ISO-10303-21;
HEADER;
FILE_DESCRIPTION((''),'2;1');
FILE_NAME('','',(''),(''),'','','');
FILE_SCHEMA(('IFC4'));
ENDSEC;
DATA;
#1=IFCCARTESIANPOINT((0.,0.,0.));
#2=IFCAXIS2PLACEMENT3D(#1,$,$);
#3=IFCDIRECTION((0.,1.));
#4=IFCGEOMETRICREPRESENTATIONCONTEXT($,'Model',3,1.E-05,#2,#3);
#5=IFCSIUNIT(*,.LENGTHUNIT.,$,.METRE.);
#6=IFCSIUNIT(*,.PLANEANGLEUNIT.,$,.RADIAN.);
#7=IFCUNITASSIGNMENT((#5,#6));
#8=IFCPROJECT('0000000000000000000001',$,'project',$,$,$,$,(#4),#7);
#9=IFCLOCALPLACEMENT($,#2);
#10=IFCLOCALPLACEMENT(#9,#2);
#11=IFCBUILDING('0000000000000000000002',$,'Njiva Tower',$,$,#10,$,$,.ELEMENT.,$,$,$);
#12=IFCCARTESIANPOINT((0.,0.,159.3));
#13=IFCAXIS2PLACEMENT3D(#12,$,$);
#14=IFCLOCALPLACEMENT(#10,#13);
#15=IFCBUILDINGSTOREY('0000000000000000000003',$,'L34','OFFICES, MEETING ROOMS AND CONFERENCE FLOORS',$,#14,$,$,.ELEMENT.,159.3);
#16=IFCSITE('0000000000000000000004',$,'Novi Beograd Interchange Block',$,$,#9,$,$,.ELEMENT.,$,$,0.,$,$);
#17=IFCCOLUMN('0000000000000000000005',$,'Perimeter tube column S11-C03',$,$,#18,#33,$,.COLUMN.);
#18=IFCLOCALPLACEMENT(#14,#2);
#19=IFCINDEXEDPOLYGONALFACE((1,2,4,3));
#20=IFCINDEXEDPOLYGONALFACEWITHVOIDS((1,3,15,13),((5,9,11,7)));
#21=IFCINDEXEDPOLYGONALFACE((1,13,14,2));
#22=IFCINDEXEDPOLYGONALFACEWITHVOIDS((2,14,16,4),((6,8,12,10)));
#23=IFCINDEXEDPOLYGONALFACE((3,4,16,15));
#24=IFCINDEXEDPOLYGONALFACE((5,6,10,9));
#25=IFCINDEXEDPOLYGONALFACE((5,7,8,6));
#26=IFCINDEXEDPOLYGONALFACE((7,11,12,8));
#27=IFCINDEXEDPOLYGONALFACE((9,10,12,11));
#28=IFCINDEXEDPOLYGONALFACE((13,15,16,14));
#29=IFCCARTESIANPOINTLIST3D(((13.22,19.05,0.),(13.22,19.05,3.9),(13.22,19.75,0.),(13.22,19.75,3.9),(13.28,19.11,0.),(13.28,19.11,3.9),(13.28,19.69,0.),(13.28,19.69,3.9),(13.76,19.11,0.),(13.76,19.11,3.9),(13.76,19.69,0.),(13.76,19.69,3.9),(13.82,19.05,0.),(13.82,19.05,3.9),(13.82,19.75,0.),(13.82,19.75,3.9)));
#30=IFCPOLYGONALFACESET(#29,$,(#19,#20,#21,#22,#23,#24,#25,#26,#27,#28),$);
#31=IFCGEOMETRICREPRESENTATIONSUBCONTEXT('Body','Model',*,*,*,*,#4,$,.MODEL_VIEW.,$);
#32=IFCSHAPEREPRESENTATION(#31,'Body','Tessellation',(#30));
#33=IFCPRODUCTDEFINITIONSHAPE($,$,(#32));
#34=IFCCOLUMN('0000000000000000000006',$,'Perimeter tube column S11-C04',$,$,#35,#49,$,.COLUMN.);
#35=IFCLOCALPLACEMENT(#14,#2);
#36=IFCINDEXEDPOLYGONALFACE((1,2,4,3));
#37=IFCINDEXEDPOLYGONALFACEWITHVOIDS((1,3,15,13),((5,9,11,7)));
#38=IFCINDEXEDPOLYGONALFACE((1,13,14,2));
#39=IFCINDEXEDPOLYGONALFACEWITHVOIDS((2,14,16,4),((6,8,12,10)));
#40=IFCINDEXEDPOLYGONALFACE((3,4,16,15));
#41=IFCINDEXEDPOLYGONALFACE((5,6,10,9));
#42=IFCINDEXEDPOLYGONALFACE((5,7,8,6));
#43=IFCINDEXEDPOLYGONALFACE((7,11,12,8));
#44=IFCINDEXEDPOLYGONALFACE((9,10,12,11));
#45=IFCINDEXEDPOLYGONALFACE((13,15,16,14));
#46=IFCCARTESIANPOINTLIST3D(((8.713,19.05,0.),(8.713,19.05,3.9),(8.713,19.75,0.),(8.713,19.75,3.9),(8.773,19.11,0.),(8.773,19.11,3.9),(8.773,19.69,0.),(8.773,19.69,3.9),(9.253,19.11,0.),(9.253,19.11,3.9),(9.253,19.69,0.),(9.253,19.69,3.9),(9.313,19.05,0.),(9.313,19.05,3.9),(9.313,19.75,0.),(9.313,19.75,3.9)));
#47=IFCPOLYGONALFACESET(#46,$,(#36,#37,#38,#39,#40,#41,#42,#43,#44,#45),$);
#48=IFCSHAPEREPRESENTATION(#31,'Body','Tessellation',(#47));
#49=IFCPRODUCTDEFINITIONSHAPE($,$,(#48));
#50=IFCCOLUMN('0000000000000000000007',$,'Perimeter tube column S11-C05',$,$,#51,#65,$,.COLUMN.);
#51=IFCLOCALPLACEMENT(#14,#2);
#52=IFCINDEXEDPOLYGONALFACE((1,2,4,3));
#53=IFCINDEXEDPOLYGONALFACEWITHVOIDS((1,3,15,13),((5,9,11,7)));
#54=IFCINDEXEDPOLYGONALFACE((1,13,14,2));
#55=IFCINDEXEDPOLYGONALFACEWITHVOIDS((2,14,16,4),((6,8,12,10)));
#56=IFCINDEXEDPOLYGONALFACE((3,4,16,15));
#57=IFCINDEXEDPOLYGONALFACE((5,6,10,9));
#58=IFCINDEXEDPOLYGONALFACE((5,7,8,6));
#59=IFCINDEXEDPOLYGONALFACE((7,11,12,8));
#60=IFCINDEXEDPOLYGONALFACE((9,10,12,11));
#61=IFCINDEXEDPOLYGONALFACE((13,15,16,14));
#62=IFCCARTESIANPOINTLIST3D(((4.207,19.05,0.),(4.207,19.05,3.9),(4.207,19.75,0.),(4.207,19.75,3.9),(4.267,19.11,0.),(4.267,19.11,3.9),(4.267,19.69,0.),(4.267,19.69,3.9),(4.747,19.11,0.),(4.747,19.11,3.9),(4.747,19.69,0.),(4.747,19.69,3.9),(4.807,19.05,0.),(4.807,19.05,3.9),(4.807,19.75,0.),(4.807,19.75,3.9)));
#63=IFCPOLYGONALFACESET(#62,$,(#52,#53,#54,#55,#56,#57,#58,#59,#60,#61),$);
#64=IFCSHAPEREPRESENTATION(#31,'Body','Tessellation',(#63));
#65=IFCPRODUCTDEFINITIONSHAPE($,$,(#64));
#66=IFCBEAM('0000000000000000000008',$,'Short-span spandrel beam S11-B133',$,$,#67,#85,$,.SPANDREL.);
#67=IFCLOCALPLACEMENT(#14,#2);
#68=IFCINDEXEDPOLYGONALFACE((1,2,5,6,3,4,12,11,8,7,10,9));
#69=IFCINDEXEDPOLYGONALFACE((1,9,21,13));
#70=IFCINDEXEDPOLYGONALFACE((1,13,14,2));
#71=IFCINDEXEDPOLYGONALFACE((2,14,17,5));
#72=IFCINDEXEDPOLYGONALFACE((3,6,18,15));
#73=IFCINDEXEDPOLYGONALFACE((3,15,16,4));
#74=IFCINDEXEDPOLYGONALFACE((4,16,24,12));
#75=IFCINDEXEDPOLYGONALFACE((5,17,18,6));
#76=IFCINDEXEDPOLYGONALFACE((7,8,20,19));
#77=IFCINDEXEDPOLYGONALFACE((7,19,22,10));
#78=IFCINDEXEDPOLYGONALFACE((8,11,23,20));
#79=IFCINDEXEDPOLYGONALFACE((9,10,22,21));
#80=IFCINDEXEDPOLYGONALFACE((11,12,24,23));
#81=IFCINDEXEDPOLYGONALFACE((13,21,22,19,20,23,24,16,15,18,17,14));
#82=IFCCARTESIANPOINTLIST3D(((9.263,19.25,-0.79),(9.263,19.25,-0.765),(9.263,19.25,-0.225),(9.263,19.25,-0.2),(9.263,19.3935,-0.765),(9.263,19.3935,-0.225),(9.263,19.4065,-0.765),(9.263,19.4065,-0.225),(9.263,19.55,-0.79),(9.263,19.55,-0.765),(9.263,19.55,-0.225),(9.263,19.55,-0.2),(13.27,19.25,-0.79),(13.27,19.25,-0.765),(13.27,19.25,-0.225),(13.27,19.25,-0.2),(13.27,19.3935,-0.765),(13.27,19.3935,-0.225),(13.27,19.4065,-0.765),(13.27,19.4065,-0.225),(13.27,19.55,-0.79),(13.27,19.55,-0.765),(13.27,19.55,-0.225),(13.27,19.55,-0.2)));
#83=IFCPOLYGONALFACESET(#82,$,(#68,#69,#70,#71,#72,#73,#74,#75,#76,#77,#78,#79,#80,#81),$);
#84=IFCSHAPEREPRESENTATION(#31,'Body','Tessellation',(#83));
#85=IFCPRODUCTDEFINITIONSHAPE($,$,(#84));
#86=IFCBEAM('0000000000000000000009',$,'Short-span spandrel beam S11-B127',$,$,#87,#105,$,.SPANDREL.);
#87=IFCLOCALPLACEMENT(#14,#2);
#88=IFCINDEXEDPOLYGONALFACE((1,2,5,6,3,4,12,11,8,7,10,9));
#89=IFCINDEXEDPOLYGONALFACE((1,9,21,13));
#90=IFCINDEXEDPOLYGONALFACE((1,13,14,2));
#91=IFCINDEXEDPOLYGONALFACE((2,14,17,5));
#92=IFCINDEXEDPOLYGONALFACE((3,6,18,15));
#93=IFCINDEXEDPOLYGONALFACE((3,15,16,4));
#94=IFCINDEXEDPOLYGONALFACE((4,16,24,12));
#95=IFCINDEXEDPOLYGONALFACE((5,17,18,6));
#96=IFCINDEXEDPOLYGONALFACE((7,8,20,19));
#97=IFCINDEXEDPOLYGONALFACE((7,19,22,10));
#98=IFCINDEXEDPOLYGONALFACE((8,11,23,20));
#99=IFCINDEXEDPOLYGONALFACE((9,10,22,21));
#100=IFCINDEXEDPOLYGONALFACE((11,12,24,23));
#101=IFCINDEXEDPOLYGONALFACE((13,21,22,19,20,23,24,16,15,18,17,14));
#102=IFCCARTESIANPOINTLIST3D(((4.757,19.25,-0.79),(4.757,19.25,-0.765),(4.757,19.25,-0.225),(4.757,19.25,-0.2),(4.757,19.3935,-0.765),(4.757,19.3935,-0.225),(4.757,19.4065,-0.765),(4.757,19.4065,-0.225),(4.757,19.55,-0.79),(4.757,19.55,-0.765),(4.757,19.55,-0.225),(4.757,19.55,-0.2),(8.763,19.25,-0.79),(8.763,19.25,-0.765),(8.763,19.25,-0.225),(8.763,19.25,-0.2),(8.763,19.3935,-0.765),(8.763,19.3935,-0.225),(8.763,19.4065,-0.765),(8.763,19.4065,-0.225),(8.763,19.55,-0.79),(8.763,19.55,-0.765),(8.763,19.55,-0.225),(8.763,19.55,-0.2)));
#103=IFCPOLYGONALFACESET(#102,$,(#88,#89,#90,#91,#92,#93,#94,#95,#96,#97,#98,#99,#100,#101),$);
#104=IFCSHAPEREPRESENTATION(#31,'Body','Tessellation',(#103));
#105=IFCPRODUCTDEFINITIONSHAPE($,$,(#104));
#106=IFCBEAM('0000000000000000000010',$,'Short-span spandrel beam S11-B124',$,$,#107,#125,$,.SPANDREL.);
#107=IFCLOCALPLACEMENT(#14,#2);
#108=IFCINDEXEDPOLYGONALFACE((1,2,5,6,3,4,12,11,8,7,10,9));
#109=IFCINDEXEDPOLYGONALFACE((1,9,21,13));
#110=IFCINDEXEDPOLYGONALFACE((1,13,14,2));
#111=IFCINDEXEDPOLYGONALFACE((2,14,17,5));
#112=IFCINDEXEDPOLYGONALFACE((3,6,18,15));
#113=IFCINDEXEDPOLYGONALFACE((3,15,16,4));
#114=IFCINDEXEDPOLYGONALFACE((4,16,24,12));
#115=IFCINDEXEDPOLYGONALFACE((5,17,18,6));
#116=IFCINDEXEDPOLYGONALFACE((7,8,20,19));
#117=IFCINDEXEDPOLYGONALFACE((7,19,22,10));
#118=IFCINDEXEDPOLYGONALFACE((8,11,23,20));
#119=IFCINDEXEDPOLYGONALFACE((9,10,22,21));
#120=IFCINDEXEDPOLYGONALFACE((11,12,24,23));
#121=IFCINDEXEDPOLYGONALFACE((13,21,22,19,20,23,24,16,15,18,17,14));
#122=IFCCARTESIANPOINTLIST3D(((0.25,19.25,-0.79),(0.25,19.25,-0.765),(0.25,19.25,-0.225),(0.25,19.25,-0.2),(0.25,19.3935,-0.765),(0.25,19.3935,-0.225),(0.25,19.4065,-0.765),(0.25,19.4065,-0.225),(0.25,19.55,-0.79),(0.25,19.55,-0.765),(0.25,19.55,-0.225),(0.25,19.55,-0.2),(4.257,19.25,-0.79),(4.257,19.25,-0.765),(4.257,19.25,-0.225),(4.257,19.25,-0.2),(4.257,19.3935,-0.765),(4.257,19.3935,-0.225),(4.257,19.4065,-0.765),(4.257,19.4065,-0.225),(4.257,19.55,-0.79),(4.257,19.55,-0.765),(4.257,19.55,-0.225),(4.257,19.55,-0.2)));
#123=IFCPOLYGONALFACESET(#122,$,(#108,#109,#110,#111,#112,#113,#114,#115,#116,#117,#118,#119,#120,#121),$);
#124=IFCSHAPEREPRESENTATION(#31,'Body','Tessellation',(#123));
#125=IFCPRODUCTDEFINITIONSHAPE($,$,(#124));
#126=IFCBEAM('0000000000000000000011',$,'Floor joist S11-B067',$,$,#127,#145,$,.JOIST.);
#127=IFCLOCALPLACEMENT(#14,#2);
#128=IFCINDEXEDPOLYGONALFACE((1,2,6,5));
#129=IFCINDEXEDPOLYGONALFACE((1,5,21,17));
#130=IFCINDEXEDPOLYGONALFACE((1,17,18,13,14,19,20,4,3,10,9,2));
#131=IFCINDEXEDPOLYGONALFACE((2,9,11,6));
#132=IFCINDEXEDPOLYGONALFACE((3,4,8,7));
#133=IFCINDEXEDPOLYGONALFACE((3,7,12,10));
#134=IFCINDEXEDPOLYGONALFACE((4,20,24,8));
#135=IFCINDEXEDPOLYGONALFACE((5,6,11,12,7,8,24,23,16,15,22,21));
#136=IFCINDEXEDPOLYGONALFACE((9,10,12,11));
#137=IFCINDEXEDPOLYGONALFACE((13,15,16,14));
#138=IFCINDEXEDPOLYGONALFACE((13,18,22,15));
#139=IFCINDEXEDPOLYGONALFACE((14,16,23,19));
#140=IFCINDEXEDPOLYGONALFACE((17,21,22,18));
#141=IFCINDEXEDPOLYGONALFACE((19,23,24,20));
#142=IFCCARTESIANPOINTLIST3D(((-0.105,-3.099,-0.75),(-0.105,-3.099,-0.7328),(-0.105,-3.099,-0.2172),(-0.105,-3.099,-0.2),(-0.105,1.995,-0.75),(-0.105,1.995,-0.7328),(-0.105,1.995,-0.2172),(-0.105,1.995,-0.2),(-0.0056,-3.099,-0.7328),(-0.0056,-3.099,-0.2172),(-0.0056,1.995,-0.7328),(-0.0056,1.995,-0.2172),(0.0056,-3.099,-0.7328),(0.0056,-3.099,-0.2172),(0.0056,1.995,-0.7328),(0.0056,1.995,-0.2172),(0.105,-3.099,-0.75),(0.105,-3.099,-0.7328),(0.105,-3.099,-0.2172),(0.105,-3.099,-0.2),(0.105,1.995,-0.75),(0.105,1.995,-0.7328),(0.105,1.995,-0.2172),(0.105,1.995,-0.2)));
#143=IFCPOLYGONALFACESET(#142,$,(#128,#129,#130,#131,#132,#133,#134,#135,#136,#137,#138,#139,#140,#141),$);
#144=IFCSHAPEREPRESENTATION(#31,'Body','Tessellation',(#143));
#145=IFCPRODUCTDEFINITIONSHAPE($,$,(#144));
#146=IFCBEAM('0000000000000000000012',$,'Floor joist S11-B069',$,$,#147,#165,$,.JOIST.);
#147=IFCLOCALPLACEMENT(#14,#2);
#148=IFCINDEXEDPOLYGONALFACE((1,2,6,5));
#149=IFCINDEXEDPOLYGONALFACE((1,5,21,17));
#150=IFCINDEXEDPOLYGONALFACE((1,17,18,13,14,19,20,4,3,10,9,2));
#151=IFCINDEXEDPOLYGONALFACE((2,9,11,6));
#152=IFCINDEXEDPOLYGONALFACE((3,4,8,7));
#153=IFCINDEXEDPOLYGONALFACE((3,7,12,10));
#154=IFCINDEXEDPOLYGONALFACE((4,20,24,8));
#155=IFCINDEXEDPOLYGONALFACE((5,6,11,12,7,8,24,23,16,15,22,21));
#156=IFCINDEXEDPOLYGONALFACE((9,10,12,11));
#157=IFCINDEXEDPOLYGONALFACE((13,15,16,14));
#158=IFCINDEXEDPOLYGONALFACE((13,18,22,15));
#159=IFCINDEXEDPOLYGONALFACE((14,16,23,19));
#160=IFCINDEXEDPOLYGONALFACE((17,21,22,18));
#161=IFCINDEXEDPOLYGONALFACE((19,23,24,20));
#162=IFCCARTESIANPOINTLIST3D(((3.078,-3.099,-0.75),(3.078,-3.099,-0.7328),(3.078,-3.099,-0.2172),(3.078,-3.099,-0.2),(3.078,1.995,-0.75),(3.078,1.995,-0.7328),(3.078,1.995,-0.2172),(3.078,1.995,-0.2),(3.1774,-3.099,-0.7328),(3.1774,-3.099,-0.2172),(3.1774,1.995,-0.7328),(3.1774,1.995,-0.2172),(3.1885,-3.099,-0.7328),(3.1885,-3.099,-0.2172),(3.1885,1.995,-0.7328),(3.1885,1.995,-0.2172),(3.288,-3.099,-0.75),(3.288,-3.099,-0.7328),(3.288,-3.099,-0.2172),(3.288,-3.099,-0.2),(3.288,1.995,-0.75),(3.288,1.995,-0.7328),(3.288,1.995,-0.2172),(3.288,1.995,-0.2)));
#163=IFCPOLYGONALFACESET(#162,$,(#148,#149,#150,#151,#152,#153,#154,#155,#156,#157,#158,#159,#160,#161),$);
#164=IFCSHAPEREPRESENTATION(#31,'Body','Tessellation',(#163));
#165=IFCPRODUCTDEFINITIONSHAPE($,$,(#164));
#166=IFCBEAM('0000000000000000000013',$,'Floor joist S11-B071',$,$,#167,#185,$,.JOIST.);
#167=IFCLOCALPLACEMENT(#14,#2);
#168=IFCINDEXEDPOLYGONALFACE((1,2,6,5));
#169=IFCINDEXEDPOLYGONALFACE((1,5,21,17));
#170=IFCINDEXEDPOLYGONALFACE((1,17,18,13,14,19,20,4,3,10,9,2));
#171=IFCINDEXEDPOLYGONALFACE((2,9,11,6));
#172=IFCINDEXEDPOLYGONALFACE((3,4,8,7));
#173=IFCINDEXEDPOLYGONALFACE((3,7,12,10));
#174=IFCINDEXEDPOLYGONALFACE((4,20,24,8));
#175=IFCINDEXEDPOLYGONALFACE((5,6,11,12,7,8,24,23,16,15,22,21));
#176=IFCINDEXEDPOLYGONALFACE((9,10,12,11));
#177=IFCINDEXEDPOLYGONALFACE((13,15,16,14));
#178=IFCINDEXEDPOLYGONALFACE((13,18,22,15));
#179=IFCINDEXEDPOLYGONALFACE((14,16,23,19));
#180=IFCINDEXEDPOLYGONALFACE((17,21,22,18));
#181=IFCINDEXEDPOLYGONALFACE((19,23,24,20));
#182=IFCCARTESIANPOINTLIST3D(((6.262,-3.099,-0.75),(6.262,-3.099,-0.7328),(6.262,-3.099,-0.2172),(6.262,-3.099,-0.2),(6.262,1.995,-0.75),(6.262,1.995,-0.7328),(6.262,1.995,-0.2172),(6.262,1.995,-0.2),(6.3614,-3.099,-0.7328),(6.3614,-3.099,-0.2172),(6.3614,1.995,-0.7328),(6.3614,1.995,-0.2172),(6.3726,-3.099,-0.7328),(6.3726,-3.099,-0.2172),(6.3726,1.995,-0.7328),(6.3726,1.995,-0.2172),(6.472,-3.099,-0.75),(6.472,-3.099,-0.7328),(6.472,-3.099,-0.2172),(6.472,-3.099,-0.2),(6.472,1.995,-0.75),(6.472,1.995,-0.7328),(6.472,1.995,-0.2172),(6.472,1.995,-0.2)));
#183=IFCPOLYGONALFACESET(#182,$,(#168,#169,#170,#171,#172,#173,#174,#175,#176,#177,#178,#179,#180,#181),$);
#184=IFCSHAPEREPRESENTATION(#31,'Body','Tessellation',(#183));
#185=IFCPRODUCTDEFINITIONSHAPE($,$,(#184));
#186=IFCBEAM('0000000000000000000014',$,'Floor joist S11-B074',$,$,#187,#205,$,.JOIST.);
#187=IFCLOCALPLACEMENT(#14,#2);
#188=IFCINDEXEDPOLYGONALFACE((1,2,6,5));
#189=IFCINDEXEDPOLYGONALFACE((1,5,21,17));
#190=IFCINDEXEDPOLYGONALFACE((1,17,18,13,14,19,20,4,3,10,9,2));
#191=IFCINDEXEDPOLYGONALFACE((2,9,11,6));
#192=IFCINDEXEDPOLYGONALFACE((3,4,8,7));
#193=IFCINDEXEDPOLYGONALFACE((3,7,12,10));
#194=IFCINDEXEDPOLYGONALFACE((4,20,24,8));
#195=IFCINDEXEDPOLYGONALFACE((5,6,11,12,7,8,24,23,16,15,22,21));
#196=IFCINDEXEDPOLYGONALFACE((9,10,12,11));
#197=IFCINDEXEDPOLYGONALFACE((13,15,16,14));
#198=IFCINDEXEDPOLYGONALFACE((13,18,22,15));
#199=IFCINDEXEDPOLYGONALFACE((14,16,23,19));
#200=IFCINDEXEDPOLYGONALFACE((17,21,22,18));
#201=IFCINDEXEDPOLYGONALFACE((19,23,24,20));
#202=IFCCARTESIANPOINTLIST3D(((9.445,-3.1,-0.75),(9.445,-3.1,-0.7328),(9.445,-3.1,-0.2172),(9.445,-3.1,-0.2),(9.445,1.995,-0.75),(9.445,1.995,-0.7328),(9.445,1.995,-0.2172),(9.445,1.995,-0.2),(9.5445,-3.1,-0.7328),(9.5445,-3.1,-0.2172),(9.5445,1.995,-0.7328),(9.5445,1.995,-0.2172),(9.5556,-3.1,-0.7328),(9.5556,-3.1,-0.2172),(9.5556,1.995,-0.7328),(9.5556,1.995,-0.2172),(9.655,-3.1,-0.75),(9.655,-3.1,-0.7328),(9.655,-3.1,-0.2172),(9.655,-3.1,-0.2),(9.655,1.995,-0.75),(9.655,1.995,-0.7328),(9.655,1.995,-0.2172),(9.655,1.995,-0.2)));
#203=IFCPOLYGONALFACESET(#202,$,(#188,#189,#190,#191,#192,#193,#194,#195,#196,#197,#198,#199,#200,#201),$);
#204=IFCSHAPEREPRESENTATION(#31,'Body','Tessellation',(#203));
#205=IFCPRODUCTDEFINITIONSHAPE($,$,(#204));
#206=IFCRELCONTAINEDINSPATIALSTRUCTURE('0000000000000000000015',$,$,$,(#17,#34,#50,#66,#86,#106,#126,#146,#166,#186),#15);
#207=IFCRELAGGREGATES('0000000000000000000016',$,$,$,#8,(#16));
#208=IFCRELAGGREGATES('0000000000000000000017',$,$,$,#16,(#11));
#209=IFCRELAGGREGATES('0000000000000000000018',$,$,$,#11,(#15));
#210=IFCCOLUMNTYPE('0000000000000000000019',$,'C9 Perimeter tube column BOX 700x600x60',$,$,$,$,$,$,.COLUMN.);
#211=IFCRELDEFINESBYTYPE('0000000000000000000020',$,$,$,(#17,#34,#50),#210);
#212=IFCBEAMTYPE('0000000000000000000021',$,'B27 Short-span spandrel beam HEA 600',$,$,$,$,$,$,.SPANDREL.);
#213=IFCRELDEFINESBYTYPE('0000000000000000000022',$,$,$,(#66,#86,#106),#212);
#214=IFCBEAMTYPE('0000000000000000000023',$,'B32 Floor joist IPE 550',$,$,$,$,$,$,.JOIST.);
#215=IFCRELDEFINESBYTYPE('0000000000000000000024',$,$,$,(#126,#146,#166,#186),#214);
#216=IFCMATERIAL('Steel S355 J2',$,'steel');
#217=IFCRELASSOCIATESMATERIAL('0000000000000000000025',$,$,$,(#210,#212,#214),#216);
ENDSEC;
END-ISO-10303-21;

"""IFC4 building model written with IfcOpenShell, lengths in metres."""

from ifc_helpers import new_model, si_unit, direction, frame, origin, origin_2d, place, context, subcontext, project, spatial, hollow_rectangle, i_section, extrude, material, material_profile, profile_set, type_object, element, save


model = new_model("IFC4")

# Units and contexts
model_context = context("Model", 3, precision=1e-05, world=origin(), true_north=direction((0.0, 1.0)))
body_context = subcontext(model_context, "Body", "Model", "MODEL_VIEW")
ifc_project = project(units=[si_unit("LENGTHUNIT", "METRE"), si_unit("PLANEANGLEUNIT", "RADIAN")], contexts=[model_context])

# Site, building, storey
site_placement = place(None, origin())
site = spatial("IfcSite", under=ifc_project, at=site_placement, Name="Novi Beograd Interchange Block", CompositionType="ELEMENT", RefElevation=0.0)
building_placement = place(site_placement, origin())
building = spatial("IfcBuilding", under=site, at=building_placement, Name="Njiva Tower", CompositionType="ELEMENT")
storey_placement = place(building_placement, frame((0.0, 0.0, 159.3)))
storey = spatial("IfcBuildingStorey", under=building, at=storey_placement, Name="L34", Description="OFFICES, MEETING ROOMS AND CONFERENCE FLOORS", CompositionType="ELEMENT", Elevation=159.3)

# Columns
ifc_material_1 = material(Name="Steel S355 J2", Category="steel")
ifc_material_profile_1 = material_profile(ifc_material_1, hollow_rectangle(XDim=0.6, YDim=0.7, WallThickness=0.06, at=origin_2d()), Name="BOX 700x600x60")
ifc_profile_set_1 = profile_set([ifc_material_profile_1], Name="Steel S355 J2")
column_type = type_object("IfcColumnType", Name="C9 Perimeter tube column BOX 700x600x60", PredefinedType="COLUMN", material=ifc_profile_set_1)
for number, where, z_axis, x_axis, name in (
    (1, (13.52, 19.4, 0.0), (0.0, 0.0, 1.0), (-1.0, 0.0, 0.0), "Perimeter tube column S11-C03"),
    (2, (9.013, 19.4, 0.0), (0.0, 0.0, 1.0), (-1.0, 0.0, 0.0), "Perimeter tube column S11-C04"),
    (3, (4.507, 19.4, 0.0), (0.0, 0.0, 1.0), (-1.0, 0.0, 0.0), "Perimeter tube column S11-C05"),
):
    element("IfcColumn", number, at=place(storey_placement, frame(where, z_axis=z_axis, x_axis=x_axis)), inside=storey, type_object=column_type, Name=name, PredefinedType="COLUMN", context=body_context, shape_type="SweptSolid", body=[
        extrude(hollow_rectangle(XDim=0.6, YDim=0.7, WallThickness=0.06, at=origin_2d()), origin(), (0.0, 0.0, 1.0), 3.9),
    ])

# Beams
ifc_material_profile_2 = material_profile(ifc_material_1, i_section(OverallWidth=0.3, OverallDepth=0.59, WebThickness=0.013, FlangeThickness=0.025, at=origin_2d()), Name="HEA 600")
ifc_profile_set_2 = profile_set([ifc_material_profile_2], Name="Steel S355 J2")
beam_type_1 = type_object("IfcBeamType", Name="B27 Short-span spandrel beam HEA 600", PredefinedType="SPANDREL", material=ifc_profile_set_2)
beam_1_placement = place(storey_placement, frame((13.27, 19.4, -0.495), z_axis=(-1.0, 0.0, 0.0), x_axis=(0.0, -1.0, 0.0)))
element("IfcBeam", 4, at=beam_1_placement, inside=storey, type_object=beam_type_1, Name="Short-span spandrel beam S11-B133", PredefinedType="SPANDREL", context=body_context, shape_type="SweptSolid", body=[
    extrude(i_section(OverallWidth=0.3, OverallDepth=0.59, WebThickness=0.013, FlangeThickness=0.025, at=origin_2d()), origin(), (0.0, 0.0, 1.0), 4.007),
])
beam_2_placement = place(storey_placement, frame((8.763, 19.4, -0.495), z_axis=(-1.0, 0.0, 0.0), x_axis=(0.0, -1.0, 0.0)))
element("IfcBeam", 5, at=beam_2_placement, inside=storey, type_object=beam_type_1, Name="Short-span spandrel beam S11-B127", PredefinedType="SPANDREL", context=body_context, shape_type="SweptSolid", body=[
    extrude(i_section(OverallWidth=0.3, OverallDepth=0.59, WebThickness=0.013, FlangeThickness=0.025, at=origin_2d()), origin(), (0.0, 0.0, 1.0), 4.006),
])
beam_3_placement = place(storey_placement, frame((4.257, 19.4, -0.495), z_axis=(-1.0, 0.0, 0.0), x_axis=(0.0, -1.0, 0.0)))
element("IfcBeam", 6, at=beam_3_placement, inside=storey, type_object=beam_type_1, Name="Short-span spandrel beam S11-B124", PredefinedType="SPANDREL", context=body_context, shape_type="SweptSolid", body=[
    extrude(i_section(OverallWidth=0.3, OverallDepth=0.59, WebThickness=0.013, FlangeThickness=0.025, at=origin_2d()), origin(), (0.0, 0.0, 1.0), 4.007),
])
ifc_material_profile_3 = material_profile(ifc_material_1, i_section(OverallWidth=0.21, OverallDepth=0.55, WebThickness=0.0111, FlangeThickness=0.0172, at=origin_2d()), Name="IPE 550")
ifc_profile_set_3 = profile_set([ifc_material_profile_3], Name="Steel S355 J2")
beam_type_2 = type_object("IfcBeamType", Name="B32 Floor joist IPE 550", PredefinedType="JOIST", material=ifc_profile_set_3)
for number, where, z_axis, x_axis, name in (
    (7, (0.0, 1.995, -0.475), (0.0, -1.0, 0.0), (1.0, 0.0, 0.0), "Floor joist S11-B067"),
    (8, (3.183, 1.995, -0.475), (0.0, -1.0, 0.0), (1.0, 0.0, 0.0), "Floor joist S11-B069"),
    (9, (6.367, 1.995, -0.475), (0.0, -1.0, 0.0), (1.0, 0.0, 0.0), "Floor joist S11-B071"),
):
    element("IfcBeam", number, at=place(storey_placement, frame(where, z_axis=z_axis, x_axis=x_axis)), inside=storey, type_object=beam_type_2, Name=name, PredefinedType="JOIST", context=body_context, shape_type="SweptSolid", body=[
        extrude(i_section(OverallWidth=0.21, OverallDepth=0.55, WebThickness=0.0111, FlangeThickness=0.0172, at=origin_2d()), origin(), (0.0, 0.0, 1.0), 5.094),
    ])
for number, where, z_axis, x_axis, name in (
    (10, (9.55, 1.995, -0.475), (0.0, -1.0, 0.0), (1.0, 0.0, 0.0), "Floor joist S11-B074"),
):
    element("IfcBeam", number, at=place(storey_placement, frame(where, z_axis=z_axis, x_axis=x_axis)), inside=storey, type_object=beam_type_2, Name=name, PredefinedType="JOIST", context=body_context, shape_type="SweptSolid", body=[
        extrude(i_section(OverallWidth=0.21, OverallDepth=0.55, WebThickness=0.0111, FlangeThickness=0.0172, at=origin_2d()), origin(), (0.0, 0.0, 1.0), 5.095),
    ])

save(model, "model.ifc")
